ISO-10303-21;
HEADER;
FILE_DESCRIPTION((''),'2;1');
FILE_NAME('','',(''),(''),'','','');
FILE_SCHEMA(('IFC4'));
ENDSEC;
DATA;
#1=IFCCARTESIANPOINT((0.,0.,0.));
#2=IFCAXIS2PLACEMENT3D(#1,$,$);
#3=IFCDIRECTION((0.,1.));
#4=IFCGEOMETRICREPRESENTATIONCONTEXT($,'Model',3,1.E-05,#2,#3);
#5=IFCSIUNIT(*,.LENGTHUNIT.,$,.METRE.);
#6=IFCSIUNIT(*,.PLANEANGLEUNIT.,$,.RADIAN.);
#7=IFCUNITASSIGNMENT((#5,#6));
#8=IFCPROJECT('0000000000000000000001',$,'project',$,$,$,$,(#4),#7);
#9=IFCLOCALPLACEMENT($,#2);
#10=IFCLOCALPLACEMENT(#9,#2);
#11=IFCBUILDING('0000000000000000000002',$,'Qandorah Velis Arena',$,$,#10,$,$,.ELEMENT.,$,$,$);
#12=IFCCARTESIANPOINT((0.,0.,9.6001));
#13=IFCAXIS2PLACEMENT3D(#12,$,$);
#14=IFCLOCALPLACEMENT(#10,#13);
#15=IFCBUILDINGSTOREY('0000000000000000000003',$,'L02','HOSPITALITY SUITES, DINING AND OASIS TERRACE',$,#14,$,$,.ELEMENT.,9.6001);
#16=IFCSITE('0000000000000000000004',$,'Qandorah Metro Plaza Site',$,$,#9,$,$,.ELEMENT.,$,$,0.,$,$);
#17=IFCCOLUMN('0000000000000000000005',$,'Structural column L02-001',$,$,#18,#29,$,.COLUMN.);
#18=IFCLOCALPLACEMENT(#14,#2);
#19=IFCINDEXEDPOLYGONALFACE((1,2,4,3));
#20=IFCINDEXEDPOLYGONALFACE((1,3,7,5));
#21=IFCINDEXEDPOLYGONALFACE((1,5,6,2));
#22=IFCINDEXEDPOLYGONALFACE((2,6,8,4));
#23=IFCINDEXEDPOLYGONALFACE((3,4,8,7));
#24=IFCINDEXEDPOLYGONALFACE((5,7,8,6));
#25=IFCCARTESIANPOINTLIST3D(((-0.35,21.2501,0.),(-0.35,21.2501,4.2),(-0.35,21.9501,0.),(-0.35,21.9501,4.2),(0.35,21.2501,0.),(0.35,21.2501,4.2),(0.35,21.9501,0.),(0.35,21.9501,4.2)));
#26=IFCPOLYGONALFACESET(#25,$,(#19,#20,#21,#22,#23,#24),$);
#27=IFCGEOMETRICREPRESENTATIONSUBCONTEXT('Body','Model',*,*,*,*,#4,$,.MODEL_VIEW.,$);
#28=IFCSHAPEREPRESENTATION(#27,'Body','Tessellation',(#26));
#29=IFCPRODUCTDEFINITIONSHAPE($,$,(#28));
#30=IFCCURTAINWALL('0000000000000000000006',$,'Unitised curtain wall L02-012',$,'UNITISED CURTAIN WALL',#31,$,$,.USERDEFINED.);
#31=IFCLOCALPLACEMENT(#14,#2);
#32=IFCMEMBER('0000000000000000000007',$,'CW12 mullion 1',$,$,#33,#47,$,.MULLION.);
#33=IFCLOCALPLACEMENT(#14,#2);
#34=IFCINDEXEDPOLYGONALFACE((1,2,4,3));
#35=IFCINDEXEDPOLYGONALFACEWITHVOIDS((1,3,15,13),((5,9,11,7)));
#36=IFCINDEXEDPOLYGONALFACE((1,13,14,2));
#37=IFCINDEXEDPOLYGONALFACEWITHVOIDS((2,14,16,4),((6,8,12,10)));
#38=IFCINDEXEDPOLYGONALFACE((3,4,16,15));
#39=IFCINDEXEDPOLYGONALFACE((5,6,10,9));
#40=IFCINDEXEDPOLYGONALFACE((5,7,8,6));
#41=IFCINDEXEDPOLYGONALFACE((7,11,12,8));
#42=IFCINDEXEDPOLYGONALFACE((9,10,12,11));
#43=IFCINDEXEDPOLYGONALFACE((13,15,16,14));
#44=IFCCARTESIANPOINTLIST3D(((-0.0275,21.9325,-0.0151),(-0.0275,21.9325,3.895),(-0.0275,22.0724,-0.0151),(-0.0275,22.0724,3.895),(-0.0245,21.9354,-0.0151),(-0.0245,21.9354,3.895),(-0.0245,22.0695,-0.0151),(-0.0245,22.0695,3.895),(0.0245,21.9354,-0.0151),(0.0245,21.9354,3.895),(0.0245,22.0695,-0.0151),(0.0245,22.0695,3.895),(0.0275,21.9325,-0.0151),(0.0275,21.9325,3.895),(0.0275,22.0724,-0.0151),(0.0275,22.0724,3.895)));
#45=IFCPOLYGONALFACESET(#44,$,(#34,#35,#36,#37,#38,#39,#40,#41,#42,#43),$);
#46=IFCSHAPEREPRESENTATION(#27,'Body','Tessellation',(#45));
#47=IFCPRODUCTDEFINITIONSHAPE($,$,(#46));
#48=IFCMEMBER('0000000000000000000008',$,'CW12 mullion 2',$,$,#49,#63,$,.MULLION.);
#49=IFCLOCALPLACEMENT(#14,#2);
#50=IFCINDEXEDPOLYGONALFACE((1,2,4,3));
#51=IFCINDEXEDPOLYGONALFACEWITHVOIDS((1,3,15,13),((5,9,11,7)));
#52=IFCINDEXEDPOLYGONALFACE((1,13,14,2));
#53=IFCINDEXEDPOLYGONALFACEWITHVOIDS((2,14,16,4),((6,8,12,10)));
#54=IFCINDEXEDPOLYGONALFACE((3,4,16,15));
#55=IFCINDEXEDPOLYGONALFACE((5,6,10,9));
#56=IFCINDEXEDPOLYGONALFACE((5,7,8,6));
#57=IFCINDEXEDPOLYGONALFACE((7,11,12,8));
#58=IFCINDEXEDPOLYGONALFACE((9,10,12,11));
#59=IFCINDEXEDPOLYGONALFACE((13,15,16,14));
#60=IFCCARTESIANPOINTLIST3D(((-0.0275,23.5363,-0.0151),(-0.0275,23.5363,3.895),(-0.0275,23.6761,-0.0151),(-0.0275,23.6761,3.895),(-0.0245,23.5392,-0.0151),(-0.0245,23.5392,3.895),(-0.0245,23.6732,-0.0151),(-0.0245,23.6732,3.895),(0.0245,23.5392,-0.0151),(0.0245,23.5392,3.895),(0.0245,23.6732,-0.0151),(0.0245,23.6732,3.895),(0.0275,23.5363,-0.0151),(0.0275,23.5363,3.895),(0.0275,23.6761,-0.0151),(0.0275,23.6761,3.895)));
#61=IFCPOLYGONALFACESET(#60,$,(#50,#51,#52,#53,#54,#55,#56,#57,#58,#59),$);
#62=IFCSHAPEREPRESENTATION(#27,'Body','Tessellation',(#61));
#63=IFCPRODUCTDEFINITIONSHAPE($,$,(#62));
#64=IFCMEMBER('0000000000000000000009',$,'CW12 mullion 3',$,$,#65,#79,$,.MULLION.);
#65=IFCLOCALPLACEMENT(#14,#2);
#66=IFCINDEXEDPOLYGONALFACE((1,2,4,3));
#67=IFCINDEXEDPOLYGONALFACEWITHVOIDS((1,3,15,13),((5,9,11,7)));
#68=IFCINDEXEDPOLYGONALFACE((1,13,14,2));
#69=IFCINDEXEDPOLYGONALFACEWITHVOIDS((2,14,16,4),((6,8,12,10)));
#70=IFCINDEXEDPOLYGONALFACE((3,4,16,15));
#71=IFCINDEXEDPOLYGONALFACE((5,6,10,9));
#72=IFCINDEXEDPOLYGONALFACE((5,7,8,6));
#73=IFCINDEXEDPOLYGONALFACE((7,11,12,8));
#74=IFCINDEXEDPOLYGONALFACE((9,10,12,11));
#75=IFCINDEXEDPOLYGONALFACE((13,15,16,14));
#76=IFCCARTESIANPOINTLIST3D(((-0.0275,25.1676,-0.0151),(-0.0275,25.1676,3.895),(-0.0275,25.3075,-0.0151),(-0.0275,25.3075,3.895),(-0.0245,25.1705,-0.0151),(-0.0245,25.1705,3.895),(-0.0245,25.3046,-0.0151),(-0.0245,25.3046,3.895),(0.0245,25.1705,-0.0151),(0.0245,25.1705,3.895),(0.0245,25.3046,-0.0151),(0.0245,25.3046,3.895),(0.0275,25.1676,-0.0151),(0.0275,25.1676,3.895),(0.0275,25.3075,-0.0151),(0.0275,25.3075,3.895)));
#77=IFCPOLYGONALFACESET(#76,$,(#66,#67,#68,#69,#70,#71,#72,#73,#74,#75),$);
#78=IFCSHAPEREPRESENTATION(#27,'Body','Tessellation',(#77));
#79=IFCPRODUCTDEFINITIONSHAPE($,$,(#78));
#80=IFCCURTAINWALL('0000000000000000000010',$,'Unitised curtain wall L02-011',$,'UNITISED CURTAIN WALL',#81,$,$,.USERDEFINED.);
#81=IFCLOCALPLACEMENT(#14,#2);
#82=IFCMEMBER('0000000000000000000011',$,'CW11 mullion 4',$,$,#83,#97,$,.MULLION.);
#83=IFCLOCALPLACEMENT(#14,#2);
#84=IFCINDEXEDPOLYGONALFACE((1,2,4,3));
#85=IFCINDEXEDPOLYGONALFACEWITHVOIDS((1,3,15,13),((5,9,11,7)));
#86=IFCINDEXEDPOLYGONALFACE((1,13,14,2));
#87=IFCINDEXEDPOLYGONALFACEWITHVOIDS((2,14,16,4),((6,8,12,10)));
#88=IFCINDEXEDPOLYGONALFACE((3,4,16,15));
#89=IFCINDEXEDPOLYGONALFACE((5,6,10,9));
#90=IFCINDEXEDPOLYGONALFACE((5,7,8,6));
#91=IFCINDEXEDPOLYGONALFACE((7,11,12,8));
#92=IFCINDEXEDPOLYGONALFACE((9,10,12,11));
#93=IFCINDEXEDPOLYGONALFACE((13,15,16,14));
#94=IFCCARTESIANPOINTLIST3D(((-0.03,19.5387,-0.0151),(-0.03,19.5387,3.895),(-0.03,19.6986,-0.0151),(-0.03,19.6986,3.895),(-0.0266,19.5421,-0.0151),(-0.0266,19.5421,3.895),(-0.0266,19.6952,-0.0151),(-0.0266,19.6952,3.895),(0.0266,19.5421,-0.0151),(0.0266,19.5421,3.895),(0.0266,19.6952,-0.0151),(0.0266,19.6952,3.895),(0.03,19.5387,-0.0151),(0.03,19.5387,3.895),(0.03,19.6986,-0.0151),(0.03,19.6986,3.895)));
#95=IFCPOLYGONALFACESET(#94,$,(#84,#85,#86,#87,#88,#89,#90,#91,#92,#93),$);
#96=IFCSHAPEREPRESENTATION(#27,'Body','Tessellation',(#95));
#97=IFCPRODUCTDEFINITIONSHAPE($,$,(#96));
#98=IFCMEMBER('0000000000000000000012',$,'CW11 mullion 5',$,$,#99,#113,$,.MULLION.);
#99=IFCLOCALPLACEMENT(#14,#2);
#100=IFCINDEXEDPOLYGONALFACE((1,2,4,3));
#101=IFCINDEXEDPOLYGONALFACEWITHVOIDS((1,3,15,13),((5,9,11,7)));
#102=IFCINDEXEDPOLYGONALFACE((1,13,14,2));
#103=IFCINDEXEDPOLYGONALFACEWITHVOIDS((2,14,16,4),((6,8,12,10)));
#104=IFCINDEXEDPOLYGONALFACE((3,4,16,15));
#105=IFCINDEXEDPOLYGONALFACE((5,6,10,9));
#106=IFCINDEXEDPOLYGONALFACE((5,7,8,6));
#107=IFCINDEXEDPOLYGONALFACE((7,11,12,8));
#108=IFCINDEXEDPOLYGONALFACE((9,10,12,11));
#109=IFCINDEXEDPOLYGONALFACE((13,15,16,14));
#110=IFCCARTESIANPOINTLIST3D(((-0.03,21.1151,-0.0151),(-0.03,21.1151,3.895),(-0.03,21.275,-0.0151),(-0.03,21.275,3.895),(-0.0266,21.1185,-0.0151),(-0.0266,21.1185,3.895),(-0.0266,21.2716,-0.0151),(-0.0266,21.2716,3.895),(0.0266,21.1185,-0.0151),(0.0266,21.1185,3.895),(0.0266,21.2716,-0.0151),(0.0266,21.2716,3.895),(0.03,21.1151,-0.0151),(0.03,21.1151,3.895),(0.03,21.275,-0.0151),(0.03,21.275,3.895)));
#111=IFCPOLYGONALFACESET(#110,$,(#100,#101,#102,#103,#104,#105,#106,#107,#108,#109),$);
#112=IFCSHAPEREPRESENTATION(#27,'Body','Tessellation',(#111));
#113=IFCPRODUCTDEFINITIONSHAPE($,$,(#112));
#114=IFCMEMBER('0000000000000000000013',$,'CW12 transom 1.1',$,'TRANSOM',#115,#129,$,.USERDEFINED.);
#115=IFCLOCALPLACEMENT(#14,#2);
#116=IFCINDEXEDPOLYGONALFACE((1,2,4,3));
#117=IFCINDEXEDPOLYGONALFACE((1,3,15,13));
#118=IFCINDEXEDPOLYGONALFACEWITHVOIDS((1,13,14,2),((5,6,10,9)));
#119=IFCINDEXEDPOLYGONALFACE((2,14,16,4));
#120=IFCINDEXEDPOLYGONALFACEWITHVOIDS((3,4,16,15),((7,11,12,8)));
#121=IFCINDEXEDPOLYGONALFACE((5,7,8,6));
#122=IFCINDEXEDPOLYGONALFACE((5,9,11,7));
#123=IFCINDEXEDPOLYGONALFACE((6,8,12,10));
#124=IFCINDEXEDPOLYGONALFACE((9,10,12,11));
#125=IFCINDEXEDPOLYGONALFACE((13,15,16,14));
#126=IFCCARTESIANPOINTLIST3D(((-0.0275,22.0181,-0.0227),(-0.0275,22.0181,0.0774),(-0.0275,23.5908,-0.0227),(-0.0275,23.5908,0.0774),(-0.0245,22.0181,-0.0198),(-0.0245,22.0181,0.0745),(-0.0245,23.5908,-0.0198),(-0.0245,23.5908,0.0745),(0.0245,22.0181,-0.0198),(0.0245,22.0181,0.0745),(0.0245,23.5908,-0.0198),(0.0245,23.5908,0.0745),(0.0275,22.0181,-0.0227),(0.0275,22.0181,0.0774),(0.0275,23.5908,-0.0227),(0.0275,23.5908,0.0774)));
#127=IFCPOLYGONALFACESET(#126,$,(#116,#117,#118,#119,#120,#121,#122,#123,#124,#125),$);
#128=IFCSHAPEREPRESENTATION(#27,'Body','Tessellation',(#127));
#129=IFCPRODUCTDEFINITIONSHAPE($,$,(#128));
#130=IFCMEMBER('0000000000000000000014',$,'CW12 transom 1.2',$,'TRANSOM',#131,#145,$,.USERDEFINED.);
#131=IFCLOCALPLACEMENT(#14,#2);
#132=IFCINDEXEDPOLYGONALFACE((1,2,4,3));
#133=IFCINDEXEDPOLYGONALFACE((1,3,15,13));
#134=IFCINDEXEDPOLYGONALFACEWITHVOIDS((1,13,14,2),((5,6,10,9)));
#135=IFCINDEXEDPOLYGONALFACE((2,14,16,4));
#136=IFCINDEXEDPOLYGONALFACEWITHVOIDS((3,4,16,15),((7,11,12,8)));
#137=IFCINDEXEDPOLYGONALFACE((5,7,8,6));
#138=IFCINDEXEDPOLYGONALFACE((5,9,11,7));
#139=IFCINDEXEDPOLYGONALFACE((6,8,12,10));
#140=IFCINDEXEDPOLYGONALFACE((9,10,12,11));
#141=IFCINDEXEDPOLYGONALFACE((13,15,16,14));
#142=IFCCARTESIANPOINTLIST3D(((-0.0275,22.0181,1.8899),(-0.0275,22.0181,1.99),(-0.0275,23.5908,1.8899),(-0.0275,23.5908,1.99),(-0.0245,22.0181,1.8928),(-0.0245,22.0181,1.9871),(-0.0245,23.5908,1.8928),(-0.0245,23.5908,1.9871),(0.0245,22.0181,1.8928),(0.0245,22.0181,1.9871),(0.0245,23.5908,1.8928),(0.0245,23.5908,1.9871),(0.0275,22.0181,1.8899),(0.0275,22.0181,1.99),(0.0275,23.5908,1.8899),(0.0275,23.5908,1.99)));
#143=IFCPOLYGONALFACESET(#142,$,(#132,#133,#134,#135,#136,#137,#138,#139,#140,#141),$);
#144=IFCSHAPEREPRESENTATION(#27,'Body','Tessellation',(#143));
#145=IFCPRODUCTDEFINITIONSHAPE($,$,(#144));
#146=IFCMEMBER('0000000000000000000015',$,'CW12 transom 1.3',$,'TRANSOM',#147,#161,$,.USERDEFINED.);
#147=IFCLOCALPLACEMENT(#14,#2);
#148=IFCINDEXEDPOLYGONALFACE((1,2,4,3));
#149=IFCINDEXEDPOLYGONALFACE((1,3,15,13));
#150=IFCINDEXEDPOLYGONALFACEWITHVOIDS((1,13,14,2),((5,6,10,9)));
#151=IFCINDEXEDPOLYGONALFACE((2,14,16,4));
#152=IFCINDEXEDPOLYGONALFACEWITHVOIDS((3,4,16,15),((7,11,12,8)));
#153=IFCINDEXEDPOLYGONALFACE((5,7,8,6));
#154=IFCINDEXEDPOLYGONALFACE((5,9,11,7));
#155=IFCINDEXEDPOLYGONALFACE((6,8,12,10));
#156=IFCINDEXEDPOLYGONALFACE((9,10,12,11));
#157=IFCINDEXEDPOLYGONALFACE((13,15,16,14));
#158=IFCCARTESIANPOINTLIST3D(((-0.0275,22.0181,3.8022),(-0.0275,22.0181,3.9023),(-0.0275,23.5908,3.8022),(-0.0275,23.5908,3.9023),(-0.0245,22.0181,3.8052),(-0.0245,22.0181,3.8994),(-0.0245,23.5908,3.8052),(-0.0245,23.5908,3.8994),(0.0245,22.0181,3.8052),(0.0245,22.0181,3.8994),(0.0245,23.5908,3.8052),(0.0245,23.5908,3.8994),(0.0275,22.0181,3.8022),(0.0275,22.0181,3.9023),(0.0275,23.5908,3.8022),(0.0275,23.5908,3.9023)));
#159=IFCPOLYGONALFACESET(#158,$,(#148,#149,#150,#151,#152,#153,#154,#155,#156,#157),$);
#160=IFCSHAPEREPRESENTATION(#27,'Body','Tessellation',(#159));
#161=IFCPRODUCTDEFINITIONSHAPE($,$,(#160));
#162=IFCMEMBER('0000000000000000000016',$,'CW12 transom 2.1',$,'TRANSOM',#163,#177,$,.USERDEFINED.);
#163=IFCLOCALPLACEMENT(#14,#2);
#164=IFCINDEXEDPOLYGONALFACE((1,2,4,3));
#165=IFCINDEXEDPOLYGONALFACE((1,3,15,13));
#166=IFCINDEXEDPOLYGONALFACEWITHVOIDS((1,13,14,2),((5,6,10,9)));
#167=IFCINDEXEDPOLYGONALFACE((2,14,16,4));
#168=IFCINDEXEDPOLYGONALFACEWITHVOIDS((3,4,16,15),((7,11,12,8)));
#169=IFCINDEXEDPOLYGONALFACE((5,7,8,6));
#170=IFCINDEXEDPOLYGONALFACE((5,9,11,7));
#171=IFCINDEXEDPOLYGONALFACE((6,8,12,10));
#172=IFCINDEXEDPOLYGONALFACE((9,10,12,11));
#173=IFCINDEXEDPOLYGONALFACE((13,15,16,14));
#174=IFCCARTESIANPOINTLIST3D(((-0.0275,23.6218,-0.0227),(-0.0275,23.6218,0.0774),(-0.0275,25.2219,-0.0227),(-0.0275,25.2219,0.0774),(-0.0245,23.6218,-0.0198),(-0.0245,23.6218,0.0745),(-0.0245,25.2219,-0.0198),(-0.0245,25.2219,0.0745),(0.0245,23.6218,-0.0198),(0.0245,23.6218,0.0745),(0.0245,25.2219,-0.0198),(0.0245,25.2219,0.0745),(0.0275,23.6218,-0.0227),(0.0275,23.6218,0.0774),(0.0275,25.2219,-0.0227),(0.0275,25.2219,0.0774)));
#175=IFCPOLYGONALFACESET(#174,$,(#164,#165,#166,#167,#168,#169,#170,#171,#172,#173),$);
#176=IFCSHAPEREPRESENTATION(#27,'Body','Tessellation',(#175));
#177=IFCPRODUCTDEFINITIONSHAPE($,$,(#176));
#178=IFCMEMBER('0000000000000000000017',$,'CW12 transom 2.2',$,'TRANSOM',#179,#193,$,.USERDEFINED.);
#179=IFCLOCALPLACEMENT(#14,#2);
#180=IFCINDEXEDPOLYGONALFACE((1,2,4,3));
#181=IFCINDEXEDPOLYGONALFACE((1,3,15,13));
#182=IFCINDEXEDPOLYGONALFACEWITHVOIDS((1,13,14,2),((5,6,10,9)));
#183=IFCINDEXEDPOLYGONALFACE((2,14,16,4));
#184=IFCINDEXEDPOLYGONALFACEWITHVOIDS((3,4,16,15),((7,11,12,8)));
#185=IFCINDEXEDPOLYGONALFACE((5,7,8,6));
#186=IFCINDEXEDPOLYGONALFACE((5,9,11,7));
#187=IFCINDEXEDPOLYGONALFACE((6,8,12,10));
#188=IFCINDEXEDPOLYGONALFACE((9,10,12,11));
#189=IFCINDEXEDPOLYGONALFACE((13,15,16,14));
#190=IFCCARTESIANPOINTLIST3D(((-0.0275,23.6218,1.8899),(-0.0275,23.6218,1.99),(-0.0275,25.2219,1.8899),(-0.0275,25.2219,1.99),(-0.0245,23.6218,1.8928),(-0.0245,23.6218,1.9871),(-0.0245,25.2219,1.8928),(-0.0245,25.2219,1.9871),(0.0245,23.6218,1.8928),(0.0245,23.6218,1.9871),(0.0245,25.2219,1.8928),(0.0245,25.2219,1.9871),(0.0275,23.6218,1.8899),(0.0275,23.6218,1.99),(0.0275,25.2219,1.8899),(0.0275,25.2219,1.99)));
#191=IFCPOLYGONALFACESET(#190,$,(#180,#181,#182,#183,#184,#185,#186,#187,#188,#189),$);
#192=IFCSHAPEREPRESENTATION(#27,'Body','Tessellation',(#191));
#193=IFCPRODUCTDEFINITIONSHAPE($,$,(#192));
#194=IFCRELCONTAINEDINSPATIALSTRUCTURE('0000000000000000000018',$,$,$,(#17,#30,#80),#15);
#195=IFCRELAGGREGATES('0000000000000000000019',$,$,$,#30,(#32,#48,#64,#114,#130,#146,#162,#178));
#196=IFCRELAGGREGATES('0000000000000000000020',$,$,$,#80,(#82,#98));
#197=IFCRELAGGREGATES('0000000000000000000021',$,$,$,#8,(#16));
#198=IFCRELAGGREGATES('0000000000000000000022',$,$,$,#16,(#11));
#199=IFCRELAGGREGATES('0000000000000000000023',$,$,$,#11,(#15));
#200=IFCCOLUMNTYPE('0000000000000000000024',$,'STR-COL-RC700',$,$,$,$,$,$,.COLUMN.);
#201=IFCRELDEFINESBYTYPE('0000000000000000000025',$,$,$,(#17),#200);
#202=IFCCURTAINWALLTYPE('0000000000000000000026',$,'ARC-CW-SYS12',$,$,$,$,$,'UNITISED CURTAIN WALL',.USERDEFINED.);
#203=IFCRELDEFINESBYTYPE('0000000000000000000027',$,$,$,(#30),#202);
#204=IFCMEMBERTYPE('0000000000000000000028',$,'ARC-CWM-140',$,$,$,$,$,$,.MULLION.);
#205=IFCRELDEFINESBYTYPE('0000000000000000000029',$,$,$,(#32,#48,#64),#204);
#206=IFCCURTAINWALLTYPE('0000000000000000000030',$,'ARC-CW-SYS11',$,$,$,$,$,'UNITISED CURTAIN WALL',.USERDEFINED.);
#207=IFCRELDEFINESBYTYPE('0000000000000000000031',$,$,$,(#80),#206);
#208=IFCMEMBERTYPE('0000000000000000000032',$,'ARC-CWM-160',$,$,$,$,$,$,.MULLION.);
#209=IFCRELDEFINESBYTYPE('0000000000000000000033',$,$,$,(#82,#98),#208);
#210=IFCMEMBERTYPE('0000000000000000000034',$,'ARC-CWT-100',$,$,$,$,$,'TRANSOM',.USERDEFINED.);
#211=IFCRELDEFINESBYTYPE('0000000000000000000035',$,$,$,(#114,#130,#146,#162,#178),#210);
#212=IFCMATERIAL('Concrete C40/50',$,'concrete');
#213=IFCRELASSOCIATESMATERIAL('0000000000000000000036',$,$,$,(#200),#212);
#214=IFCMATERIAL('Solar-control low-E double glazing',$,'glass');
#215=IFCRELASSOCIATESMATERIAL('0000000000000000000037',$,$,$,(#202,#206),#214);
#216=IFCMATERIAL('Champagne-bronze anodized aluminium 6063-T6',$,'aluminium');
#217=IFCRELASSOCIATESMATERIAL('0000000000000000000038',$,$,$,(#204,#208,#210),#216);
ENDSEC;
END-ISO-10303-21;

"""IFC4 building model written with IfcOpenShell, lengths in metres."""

from ifc_helpers import new_model, si_unit, direction, frame, origin, origin_2d, place, context, subcontext, project, spatial, rectangle, hollow_rectangle, extrude, material, material_profile, profile_set, type_object, element, aggregate, save


model = new_model("IFC4")

# Units and contexts
model_context = context("Model", 3, precision=1e-05, world=origin(), true_north=direction((0.0, 1.0)))
body_context = subcontext(model_context, "Body", "Model", "MODEL_VIEW")
ifc_project = project(units=[si_unit("LENGTHUNIT", "METRE"), si_unit("PLANEANGLEUNIT", "RADIAN")], contexts=[model_context])

# Site, building, storey
site_placement = place(None, origin())
site = spatial("IfcSite", under=ifc_project, at=site_placement, Name="Qandorah Metro Plaza Site", CompositionType="ELEMENT", RefElevation=0.0)
building_placement = place(site_placement, origin())
building = spatial("IfcBuilding", under=site, at=building_placement, Name="Qandorah Velis Arena", CompositionType="ELEMENT")
storey_placement = place(building_placement, frame((0.0, 0.0, 9.6001)))
storey = spatial("IfcBuildingStorey", under=building, at=storey_placement, Name="L02", Description="HOSPITALITY SUITES, DINING AND OASIS TERRACE", CompositionType="ELEMENT", Elevation=9.6001)

# Column
ifc_material_1 = material(Name="Concrete C40/50", Category="concrete")
ifc_material_profile_1 = material_profile(ifc_material_1, rectangle(XDim=0.7, YDim=0.7, at=origin_2d()), Name="RC COL 700x700")
ifc_profile_set_1 = profile_set([ifc_material_profile_1], Name="Concrete C40/50")
column_type = type_object("IfcColumnType", Name="STR-COL-RC700", PredefinedType="COLUMN", material=ifc_profile_set_1)
column_placement = place(storey_placement, frame((0.0, 21.6001, 0.0), z_axis=(0.0, 0.0, 1.0), x_axis=(1.0, 0.0, 0.0)))
element("IfcColumn", 1, at=column_placement, inside=storey, type_object=column_type, Name="Structural column L02-001", PredefinedType="COLUMN", context=body_context, shape_type="SweptSolid", body=[
    extrude(rectangle(XDim=0.7, YDim=0.7, at=origin_2d()), origin(), (0.0, 0.0, 1.0), 4.2),
])

# Curtain walls, members
ifc_material_2 = material(Name="Solar-control low-E double glazing", Category="glass")
curtain_wall_type_1 = type_object("IfcCurtainWallType", Name="ARC-CW-SYS12", ElementType="UNITISED CURTAIN WALL", PredefinedType="USERDEFINED", material=ifc_material_2)
curtain_wall_1_placement = place(storey_placement, origin())
curtain_wall_1 = element("IfcCurtainWall", 2, at=curtain_wall_1_placement, inside=storey, type_object=curtain_wall_type_1, Name="Unitised curtain wall L02-012", ObjectType="UNITISED CURTAIN WALL", PredefinedType="USERDEFINED")
ifc_material_3 = material(Name="Champagne-bronze anodized aluminium 6063-T6", Category="aluminium")
ifc_material_profile_2 = material_profile(ifc_material_3, hollow_rectangle(XDim=0.0549, YDim=0.1399, WallThickness=0.0029, at=origin_2d()), Name="ALU MULLION 55x140")
ifc_profile_set_2 = profile_set([ifc_material_profile_2], Name="Champagne-bronze anodized aluminium 6063-T6")
member_type_1 = type_object("IfcMemberType", Name="ARC-CWM-140", PredefinedType="MULLION", material=ifc_profile_set_2)
member_1_placement = place(storey_placement, frame((0.0, 22.0024, -0.0151), z_axis=(0.0, 0.0, 1.0), x_axis=(-1.0, 0.0, 0.0)))
member_1 = element("IfcMember", 3, at=member_1_placement, type_object=member_type_1, Name="CW12 mullion 1", PredefinedType="MULLION", context=body_context, shape_type="SweptSolid", body=[
    extrude(hollow_rectangle(XDim=0.0549, YDim=0.1399, WallThickness=0.0029, at=origin_2d()), origin(), (0.0, 0.0, 1.0), 3.9102),
])
member_2_placement = place(storey_placement, frame((0.0, 23.6062, -0.0151), z_axis=(0.0, 0.0, 1.0), x_axis=(-1.0, 0.0, 0.0)))
member_2 = element("IfcMember", 4, at=member_2_placement, type_object=member_type_1, Name="CW12 mullion 2", PredefinedType="MULLION", context=body_context, shape_type="SweptSolid", body=[
    extrude(hollow_rectangle(XDim=0.0549, YDim=0.1399, WallThickness=0.0029, at=origin_2d()), origin(), (0.0, 0.0, 1.0), 3.9102),
])
member_3_placement = place(storey_placement, frame((0.0, 25.2375, -0.0151), z_axis=(0.0, 0.0, 1.0), x_axis=(-1.0, 0.0, 0.0)))
member_3 = element("IfcMember", 5, at=member_3_placement, type_object=member_type_1, Name="CW12 mullion 3", PredefinedType="MULLION", context=body_context, shape_type="SweptSolid", body=[
    extrude(hollow_rectangle(XDim=0.0549, YDim=0.1399, WallThickness=0.0029, at=origin_2d()), origin(), (0.0, 0.0, 1.0), 3.9102),
])
curtain_wall_type_2 = type_object("IfcCurtainWallType", Name="ARC-CW-SYS11", ElementType="UNITISED CURTAIN WALL", PredefinedType="USERDEFINED", material=ifc_material_2)
curtain_wall_2_placement = place(storey_placement, origin())
curtain_wall_2 = element("IfcCurtainWall", 6, at=curtain_wall_2_placement, inside=storey, type_object=curtain_wall_type_2, Name="Unitised curtain wall L02-011", ObjectType="UNITISED CURTAIN WALL", PredefinedType="USERDEFINED")
ifc_material_profile_3 = material_profile(ifc_material_3, hollow_rectangle(XDim=0.0601, YDim=0.1599, WallThickness=0.0034, at=origin_2d()), Name="ALU MULLION 60x160")
ifc_profile_set_3 = profile_set([ifc_material_profile_3], Name="Champagne-bronze anodized aluminium 6063-T6")
member_type_2 = type_object("IfcMemberType", Name="ARC-CWM-160", PredefinedType="MULLION", material=ifc_profile_set_3)
member_4_placement = place(storey_placement, frame((0.0, 19.6187, -0.0151), z_axis=(0.0, 0.0, 1.0), x_axis=(-1.0, 0.0, 0.0)))
member_4 = element("IfcMember", 7, at=member_4_placement, type_object=member_type_2, Name="CW11 mullion 4", PredefinedType="MULLION", context=body_context, shape_type="SweptSolid", body=[
    extrude(hollow_rectangle(XDim=0.0601, YDim=0.1599, WallThickness=0.0034, at=origin_2d()), origin(), (0.0, 0.0, 1.0), 3.9102),
])
member_5_placement = place(storey_placement, frame((0.0, 21.1951, -0.0151), z_axis=(0.0, 0.0, 1.0), x_axis=(-1.0, 0.0, 0.0)))
member_5 = element("IfcMember", 8, at=member_5_placement, type_object=member_type_2, Name="CW11 mullion 5", PredefinedType="MULLION", context=body_context, shape_type="SweptSolid", body=[
    extrude(hollow_rectangle(XDim=0.0601, YDim=0.1599, WallThickness=0.0034, at=origin_2d()), origin(), (0.0, 0.0, 1.0), 3.9102),
])

# Members
ifc_material_profile_4 = material_profile(ifc_material_3, hollow_rectangle(XDim=0.0549, YDim=0.1001, WallThickness=0.0029, at=origin_2d()), Name="ALU TRANSOM 55x100")
ifc_profile_set_4 = profile_set([ifc_material_profile_4], Name="Champagne-bronze anodized aluminium 6063-T6")
member_type_3 = type_object("IfcMemberType", Name="ARC-CWT-100", ElementType="TRANSOM", PredefinedType="USERDEFINED", material=ifc_profile_set_4)
member_6_placement = place(storey_placement, frame((0.0, 22.0181, 0.0273), z_axis=(0.0, 1.0, 0.0), x_axis=(-1.0, 0.0, 0.0)))
member_6 = element("IfcMember", 9, at=member_6_placement, type_object=member_type_3, Name="CW12 transom 1.1", ObjectType="TRANSOM", PredefinedType="USERDEFINED", context=body_context, shape_type="SweptSolid", body=[
    extrude(hollow_rectangle(XDim=0.0549, YDim=0.1001, WallThickness=0.0029, at=origin_2d()), origin(), (0.0, 0.0, 1.0), 1.5728),
])
member_7_placement = place(storey_placement, frame((0.0, 22.0181, 1.9399), z_axis=(0.0, 1.0, 0.0), x_axis=(-1.0, 0.0, 0.0)))
member_7 = element("IfcMember", 10, at=member_7_placement, type_object=member_type_3, Name="CW12 transom 1.2", ObjectType="TRANSOM", PredefinedType="USERDEFINED", context=body_context, shape_type="SweptSolid", body=[
    extrude(hollow_rectangle(XDim=0.0549, YDim=0.1001, WallThickness=0.0029, at=origin_2d()), origin(), (0.0, 0.0, 1.0), 1.5728),
])
member_8_placement = place(storey_placement, frame((0.0, 22.0181, 3.8523), z_axis=(0.0, 1.0, 0.0), x_axis=(-1.0, 0.0, 0.0)))
member_8 = element("IfcMember", 11, at=member_8_placement, type_object=member_type_3, Name="CW12 transom 1.3", ObjectType="TRANSOM", PredefinedType="USERDEFINED", context=body_context, shape_type="SweptSolid", body=[
    extrude(hollow_rectangle(XDim=0.0549, YDim=0.1001, WallThickness=0.0029, at=origin_2d()), origin(), (0.0, 0.0, 1.0), 1.5728),
])
member_9_placement = place(storey_placement, frame((0.0, 23.6218, 0.0273), z_axis=(0.0, 1.0, 0.0), x_axis=(-1.0, 0.0, 0.0)))
member_9 = element("IfcMember", 12, at=member_9_placement, type_object=member_type_3, Name="CW12 transom 2.1", ObjectType="TRANSOM", PredefinedType="USERDEFINED", context=body_context, shape_type="SweptSolid", body=[
    extrude(hollow_rectangle(XDim=0.0549, YDim=0.1001, WallThickness=0.0029, at=origin_2d()), origin(), (0.0, 0.0, 1.0), 1.6001),
])
member_10_placement = place(storey_placement, frame((0.0, 23.6218, 1.9399), z_axis=(0.0, 1.0, 0.0), x_axis=(-1.0, 0.0, 0.0)))
member_10 = element("IfcMember", 13, at=member_10_placement, type_object=member_type_3, Name="CW12 transom 2.2", ObjectType="TRANSOM", PredefinedType="USERDEFINED", context=body_context, shape_type="SweptSolid", body=[
    extrude(hollow_rectangle(XDim=0.0549, YDim=0.1001, WallThickness=0.0029, at=origin_2d()), origin(), (0.0, 0.0, 1.0), 1.6001),
])

aggregate(curtain_wall_1, [member_1, member_2, member_3, member_6, member_7, member_8, member_9, member_10])
aggregate(curtain_wall_2, [member_4, member_5])

save(model, "model.ifc")
